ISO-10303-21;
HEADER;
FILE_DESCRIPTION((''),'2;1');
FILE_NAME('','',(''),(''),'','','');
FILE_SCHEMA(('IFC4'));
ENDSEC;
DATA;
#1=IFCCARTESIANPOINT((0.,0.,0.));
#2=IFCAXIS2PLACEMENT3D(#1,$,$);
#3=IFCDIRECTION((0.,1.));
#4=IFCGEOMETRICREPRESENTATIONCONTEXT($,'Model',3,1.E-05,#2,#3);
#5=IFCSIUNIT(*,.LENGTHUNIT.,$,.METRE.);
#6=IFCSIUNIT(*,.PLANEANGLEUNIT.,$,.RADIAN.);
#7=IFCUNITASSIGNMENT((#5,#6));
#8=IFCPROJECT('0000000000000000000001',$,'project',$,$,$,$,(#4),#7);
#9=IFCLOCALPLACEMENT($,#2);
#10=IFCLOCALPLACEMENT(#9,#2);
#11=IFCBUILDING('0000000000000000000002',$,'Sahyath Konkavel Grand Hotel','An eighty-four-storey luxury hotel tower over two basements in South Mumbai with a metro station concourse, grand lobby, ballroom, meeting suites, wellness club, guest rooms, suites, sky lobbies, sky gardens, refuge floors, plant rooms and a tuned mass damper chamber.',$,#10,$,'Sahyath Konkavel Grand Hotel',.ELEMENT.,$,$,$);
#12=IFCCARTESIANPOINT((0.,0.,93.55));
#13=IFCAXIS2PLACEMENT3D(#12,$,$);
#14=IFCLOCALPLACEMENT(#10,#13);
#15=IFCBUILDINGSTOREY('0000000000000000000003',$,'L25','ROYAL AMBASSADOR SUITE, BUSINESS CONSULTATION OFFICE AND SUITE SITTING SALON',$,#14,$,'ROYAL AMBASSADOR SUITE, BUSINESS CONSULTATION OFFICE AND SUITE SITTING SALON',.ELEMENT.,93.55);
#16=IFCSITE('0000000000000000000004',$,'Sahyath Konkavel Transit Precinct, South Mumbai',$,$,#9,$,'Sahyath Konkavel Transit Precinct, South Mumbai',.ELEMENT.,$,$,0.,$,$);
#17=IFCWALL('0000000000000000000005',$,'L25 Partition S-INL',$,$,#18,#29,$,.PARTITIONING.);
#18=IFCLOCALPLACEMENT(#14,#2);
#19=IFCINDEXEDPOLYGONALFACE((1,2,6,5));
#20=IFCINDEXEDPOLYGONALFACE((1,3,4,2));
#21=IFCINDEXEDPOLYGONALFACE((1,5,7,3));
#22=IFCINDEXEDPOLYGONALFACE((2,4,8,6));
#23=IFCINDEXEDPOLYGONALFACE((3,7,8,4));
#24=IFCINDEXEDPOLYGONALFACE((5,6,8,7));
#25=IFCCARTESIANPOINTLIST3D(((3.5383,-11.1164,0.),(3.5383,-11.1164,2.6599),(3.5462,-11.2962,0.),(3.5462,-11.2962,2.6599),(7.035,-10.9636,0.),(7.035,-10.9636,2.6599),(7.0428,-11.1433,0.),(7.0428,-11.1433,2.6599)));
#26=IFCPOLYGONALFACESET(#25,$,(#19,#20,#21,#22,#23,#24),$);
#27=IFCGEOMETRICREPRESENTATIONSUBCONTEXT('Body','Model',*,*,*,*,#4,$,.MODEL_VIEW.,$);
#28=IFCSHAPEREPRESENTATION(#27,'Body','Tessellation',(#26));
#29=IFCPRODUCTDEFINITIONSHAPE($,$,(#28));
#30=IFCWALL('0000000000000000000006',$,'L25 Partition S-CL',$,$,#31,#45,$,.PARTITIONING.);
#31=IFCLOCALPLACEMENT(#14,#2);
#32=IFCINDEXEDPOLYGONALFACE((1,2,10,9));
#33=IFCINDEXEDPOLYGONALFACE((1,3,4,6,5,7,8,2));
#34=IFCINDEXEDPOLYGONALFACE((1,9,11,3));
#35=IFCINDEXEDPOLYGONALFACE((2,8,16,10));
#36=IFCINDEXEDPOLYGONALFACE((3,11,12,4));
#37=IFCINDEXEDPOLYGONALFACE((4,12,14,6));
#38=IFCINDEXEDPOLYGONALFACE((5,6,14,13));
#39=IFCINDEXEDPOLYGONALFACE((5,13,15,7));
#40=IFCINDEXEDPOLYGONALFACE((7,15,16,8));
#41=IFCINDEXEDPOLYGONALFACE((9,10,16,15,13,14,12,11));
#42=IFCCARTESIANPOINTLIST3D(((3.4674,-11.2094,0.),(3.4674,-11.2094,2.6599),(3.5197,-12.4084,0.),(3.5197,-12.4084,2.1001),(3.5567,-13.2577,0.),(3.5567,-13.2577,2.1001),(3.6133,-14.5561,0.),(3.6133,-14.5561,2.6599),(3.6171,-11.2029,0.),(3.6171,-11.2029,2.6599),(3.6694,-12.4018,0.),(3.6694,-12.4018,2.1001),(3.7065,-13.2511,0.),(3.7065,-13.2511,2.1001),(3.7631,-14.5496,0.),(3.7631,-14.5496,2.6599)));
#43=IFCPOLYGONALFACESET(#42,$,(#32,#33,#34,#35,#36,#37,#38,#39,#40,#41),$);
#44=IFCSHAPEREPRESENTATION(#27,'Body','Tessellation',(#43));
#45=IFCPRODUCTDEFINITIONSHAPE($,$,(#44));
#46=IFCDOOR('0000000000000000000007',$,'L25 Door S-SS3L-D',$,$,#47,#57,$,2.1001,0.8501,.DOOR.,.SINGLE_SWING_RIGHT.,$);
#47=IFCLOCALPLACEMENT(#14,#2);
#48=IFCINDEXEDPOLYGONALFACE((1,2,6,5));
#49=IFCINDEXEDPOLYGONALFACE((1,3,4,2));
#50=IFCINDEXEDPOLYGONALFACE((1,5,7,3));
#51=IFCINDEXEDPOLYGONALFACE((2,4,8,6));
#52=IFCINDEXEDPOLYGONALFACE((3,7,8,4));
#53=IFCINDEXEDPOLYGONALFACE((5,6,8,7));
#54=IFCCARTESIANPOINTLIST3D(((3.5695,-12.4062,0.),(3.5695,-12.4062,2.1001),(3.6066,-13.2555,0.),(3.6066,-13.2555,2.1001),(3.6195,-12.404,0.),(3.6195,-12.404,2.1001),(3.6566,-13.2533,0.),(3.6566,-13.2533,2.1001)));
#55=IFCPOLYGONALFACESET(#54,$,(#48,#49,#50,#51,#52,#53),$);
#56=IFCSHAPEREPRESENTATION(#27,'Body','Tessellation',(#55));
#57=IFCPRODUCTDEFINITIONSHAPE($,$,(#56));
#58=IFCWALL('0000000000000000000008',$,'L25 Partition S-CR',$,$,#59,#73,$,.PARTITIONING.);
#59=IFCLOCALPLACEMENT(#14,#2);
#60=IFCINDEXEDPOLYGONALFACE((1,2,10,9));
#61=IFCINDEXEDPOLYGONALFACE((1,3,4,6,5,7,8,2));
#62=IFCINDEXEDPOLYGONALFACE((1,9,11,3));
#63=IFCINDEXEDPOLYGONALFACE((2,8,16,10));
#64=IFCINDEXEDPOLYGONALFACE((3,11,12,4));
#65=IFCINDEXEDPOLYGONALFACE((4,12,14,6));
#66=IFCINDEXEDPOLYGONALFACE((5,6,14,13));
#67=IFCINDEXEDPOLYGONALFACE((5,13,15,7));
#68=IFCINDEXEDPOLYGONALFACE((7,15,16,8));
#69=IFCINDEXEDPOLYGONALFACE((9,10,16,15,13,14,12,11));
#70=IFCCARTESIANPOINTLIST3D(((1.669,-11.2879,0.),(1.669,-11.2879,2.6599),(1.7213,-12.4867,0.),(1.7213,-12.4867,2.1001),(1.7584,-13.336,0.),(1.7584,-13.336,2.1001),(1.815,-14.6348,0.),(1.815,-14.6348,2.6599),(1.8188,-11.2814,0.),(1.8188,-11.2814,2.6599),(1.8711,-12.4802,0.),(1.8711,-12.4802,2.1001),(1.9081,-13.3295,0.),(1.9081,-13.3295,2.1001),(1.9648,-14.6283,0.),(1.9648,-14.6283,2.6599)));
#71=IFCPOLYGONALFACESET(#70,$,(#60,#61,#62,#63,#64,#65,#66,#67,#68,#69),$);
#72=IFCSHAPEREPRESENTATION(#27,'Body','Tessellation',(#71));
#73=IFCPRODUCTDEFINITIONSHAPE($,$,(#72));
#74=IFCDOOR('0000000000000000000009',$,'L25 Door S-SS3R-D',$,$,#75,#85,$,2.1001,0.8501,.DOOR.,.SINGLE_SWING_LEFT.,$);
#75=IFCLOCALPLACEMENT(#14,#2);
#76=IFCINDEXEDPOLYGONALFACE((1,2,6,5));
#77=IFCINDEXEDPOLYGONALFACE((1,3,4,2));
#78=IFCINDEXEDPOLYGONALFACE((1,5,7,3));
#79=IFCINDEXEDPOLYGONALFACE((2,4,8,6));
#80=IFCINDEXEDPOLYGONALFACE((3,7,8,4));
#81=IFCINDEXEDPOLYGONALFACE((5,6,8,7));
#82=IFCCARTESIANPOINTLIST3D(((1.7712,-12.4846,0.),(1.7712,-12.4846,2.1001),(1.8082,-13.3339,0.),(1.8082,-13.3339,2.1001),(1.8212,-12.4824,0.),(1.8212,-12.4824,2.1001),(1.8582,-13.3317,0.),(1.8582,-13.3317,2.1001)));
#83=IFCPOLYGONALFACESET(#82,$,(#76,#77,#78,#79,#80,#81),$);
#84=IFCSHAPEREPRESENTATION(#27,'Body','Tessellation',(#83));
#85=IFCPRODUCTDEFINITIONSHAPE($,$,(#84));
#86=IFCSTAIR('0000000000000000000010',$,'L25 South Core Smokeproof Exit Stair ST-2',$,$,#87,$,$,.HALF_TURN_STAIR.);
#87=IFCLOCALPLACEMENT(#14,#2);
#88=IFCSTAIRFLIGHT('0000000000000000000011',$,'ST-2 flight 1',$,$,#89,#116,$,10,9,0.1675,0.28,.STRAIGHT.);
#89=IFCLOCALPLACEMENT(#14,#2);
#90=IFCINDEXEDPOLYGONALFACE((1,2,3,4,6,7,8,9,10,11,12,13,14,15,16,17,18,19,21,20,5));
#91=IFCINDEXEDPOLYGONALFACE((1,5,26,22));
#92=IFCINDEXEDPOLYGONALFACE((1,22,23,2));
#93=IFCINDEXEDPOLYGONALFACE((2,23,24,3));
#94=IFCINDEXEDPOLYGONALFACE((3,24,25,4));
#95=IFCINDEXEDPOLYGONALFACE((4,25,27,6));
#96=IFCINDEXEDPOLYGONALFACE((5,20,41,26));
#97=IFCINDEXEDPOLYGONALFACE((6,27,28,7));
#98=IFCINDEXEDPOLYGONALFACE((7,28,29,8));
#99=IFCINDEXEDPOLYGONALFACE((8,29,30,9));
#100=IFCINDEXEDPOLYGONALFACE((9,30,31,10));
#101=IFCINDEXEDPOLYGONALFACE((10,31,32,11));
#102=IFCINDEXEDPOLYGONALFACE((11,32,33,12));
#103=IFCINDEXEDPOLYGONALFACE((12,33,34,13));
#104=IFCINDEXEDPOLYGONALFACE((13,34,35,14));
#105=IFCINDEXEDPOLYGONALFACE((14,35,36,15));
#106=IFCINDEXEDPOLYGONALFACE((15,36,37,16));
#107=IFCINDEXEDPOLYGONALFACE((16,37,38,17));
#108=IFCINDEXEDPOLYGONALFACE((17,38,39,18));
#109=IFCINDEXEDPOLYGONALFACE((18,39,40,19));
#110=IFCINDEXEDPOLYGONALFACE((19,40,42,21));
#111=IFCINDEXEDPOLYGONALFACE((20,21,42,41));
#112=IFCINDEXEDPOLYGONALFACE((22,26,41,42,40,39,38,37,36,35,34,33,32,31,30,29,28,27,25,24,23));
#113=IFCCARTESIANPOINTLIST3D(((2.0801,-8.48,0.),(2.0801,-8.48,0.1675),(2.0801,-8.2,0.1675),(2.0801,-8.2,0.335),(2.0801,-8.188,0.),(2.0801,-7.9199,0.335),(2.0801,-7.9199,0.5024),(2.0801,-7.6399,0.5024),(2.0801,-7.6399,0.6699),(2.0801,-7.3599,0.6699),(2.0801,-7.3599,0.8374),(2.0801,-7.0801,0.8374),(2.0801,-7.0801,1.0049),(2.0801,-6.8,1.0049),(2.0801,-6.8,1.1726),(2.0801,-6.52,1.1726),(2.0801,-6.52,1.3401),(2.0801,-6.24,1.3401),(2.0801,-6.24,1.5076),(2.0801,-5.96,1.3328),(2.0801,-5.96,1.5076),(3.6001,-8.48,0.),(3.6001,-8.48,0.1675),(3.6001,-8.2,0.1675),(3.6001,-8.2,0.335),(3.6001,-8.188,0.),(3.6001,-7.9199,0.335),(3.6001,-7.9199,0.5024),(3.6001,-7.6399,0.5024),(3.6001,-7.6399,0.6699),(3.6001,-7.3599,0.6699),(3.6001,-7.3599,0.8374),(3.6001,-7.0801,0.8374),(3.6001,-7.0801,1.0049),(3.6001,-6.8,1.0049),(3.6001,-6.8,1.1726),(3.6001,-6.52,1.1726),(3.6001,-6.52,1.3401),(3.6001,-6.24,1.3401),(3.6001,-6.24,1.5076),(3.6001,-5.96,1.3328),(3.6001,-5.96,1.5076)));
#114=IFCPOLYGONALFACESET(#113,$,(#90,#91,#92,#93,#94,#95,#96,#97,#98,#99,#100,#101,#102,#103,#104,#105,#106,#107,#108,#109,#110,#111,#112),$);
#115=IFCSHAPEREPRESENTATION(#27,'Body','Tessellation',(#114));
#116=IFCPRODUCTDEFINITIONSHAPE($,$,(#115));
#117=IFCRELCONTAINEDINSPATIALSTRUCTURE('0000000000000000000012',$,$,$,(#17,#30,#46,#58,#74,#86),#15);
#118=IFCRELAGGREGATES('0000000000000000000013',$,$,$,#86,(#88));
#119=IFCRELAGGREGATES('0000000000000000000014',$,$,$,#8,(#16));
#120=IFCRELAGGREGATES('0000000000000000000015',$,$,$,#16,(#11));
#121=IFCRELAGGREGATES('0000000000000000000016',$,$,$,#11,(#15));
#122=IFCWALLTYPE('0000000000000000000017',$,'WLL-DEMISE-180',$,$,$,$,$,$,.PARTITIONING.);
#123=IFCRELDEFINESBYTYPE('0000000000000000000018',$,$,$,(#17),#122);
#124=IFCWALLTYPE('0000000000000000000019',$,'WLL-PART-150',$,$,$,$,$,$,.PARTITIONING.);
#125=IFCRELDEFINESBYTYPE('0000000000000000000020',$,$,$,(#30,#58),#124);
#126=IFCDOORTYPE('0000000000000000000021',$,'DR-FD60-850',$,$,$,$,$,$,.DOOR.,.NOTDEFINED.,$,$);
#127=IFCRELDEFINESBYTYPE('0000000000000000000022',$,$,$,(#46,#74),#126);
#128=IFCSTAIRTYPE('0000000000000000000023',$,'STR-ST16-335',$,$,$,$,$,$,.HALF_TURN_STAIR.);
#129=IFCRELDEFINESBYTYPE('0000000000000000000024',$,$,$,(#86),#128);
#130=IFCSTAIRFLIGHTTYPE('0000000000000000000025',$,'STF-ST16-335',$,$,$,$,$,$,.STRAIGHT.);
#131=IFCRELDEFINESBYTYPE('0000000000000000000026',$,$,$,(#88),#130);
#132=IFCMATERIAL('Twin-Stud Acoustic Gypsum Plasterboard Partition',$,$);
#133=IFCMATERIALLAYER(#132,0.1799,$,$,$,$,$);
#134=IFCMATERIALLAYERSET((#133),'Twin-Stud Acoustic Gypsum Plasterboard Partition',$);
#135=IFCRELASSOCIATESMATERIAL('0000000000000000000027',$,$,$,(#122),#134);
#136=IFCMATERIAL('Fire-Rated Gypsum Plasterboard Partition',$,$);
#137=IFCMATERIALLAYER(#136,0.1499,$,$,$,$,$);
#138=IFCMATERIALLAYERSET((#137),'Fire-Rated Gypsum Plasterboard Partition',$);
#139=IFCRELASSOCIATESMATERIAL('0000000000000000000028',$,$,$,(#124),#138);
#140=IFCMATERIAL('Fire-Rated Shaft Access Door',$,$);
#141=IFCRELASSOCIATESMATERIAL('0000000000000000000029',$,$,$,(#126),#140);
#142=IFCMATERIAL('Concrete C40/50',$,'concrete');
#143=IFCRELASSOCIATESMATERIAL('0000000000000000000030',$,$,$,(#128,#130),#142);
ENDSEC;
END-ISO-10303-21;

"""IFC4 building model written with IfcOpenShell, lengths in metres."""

from ifc_helpers import new_model, si_unit, direction, frame, frame_2d, origin, origin_2d, place, context, subcontext, project, spatial, polyline, rectangle, outline, extrude, source, transform, mapped, material, layer, layer_set, type_object, element, fill, aggregate, save


model = new_model("IFC4")

# Units and contexts
model_context = context("Model", 3, precision=1e-05, world=origin(), true_north=direction((0.0, 1.0)))
body_context = subcontext(model_context, "Body", "Model", "MODEL_VIEW")
ifc_project = project(units=[si_unit("LENGTHUNIT", "METRE"), si_unit("PLANEANGLEUNIT", "RADIAN")], contexts=[model_context])

# Site, building, storey
site_placement = place(None, origin())
site = spatial("IfcSite", under=ifc_project, at=site_placement, Name="Sahyath Konkavel Transit Precinct, South Mumbai", LongName="Sahyath Konkavel Transit Precinct, South Mumbai", CompositionType="ELEMENT", RefElevation=0.0)
building_placement = place(site_placement, origin())
building = spatial("IfcBuilding", under=site, at=building_placement, Name="Sahyath Konkavel Grand Hotel", Description="An eighty-four-storey luxury hotel tower over two basements in South Mumbai with a metro station concourse, grand lobby, ballroom, meeting suites, wellness club, guest rooms, suites, sky lobbies, sky gardens, refuge floors, plant rooms and a tuned mass damper chamber.", LongName="Sahyath Konkavel Grand Hotel", CompositionType="ELEMENT")
storey_placement = place(building_placement, frame((0.0, 0.0, 93.55)))
storey = spatial("IfcBuildingStorey", under=building, at=storey_placement, Name="L25", Description="ROYAL AMBASSADOR SUITE, BUSINESS CONSULTATION OFFICE AND SUITE SITTING SALON", LongName="ROYAL AMBASSADOR SUITE, BUSINESS CONSULTATION OFFICE AND SUITE SITTING SALON", CompositionType="ELEMENT", Elevation=93.55)

# Shared definitions
ifc_material_1 = material(Name="Concrete C40/50", Category="concrete")

# Wall
ifc_material_2 = material(Name="Twin-Stud Acoustic Gypsum Plasterboard Partition")
ifc_layer_1 = layer(ifc_material_2, 0.1799)
ifc_layer_set_1 = layer_set([ifc_layer_1], Name="Twin-Stud Acoustic Gypsum Plasterboard Partition")
wall_type_1 = type_object("IfcWallType", Name="WLL-DEMISE-180", PredefinedType="PARTITIONING", material=ifc_layer_set_1)
wall_1_placement = place(storey_placement, frame((3.5422, -11.2063, 0.0), z_axis=(0.0, 0.0, 1.0), x_axis=(0.999046, 0.043667, 0.0)))
element("IfcWall", 1, at=wall_1_placement, inside=storey, type_object=wall_type_1, Name="L25 Partition S-INL", PredefinedType="PARTITIONING", context=body_context, shape_type="SweptSolid", body=[
    extrude(rectangle(XDim=3.5, YDim=0.1799, at=frame_2d((1.75, 0.0))), origin(), (0.0, 0.0, 1.0), 2.6599),
])

# Walls, openings, doors
ifc_material_3 = material(Name="Fire-Rated Gypsum Plasterboard Partition")
ifc_layer_2 = layer(ifc_material_3, 0.1499)
ifc_layer_set_2 = layer_set([ifc_layer_2], Name="Fire-Rated Gypsum Plasterboard Partition")
wall_type_2 = type_object("IfcWallType", Name="WLL-PART-150", PredefinedType="PARTITIONING", material=ifc_layer_set_2)
wall_2_placement = place(storey_placement, frame((3.5422, -11.2063, 0.0), z_axis=(0.0, 0.0, 1.0), x_axis=(0.043583, -0.99905, 0.0)))
wall_2 = element("IfcWall", 2, at=wall_2_placement, inside=storey, type_object=wall_type_2, Name="L25 Partition S-CL", PredefinedType="PARTITIONING", context=body_context, shape_type="SweptSolid", body=[
    extrude(rectangle(XDim=3.3499, YDim=0.1499, at=frame_2d((1.6748, 0.0))), origin(), (0.0, 0.0, 1.0), 2.6599),
])
opening_1_placement = place(wall_2_placement, frame((1.2, 0.0, 0.0)))
opening_1 = element("IfcOpeningElement", 3, at=opening_1_placement, cuts=wall_2, PredefinedType="OPENING", context=body_context, shape_type="SweptSolid", body=[
    extrude(rectangle(XDim=0.8501, YDim=2.1001, at=frame_2d((0.425, 1.05))), frame((0.0, 0.085, 0.0), z_axis=(0.0, -1.0, 0.0), x_axis=(1.0, 0.0, 0.0)), (0.0, 0.0, 1.0), 0.1699),
])
ifc_material_4 = material(Name="Fire-Rated Shaft Access Door")
door_type_1 = type_object("IfcDoorType", Name="DR-FD60-850", OperationType="NOTDEFINED", PredefinedType="DOOR", material=ifc_material_4)
shared_shape_1 = source(origin(), body_context, "Body", "SweptSolid", [
    extrude(rectangle(XDim=0.8501, YDim=0.05, at=origin_2d()), origin(), (0.0, 0.0, 1.0), 2.1001),
])
door_1_placement = place(opening_1_placement, frame((0.425, 0.0, 0.0)))
door_1 = element("IfcDoor", 4, at=door_1_placement, inside=storey, type_object=door_type_1, Name="L25 Door S-SS3L-D", OperationType="SINGLE_SWING_RIGHT", OverallHeight=2.1001, OverallWidth=0.8501, PredefinedType="DOOR", context=body_context, shape_type="MappedRepresentation", body=[
    mapped(shared_shape_1, transform((0.0, 0.0, 0.0), scale=1.0)),
])
fill(opening_1, door_1)
wall_3_placement = place(storey_placement, frame((1.7439, -11.2847, 0.0), z_axis=(0.0, 0.0, 1.0), x_axis=(0.04358, -0.99905, 0.0)))
wall_3 = element("IfcWall", 5, at=wall_3_placement, inside=storey, type_object=wall_type_2, Name="L25 Partition S-CR", PredefinedType="PARTITIONING", context=body_context, shape_type="SweptSolid", body=[
    extrude(rectangle(XDim=3.3501, YDim=0.1499, at=frame_2d((1.675, 0.0))), origin(), (0.0, 0.0, 1.0), 2.6599),
])
opening_2_placement = place(wall_3_placement, frame((1.2, 0.0, 0.0)))
opening_2 = element("IfcOpeningElement", 6, at=opening_2_placement, cuts=wall_3, PredefinedType="OPENING", context=body_context, shape_type="SweptSolid", body=[
    extrude(rectangle(XDim=0.8501, YDim=2.1001, at=frame_2d((0.425, 1.05))), frame((0.0, 0.085, 0.0), z_axis=(0.0, -1.0, 0.0), x_axis=(1.0, 0.0, 0.0)), (0.0, 0.0, 1.0), 0.1699),
])
door_2_placement = place(opening_2_placement, frame((0.425, 0.0, 0.0)))
door_2 = element("IfcDoor", 7, at=door_2_placement, inside=storey, type_object=door_type_1, Name="L25 Door S-SS3R-D", OperationType="SINGLE_SWING_LEFT", OverallHeight=2.1001, OverallWidth=0.8501, PredefinedType="DOOR", context=body_context, shape_type="MappedRepresentation", body=[
    mapped(shared_shape_1, transform((0.0, 0.0, 0.0), scale=1.0)),
])
fill(opening_2, door_2)

# Stair, stair flight
stair_type = type_object("IfcStairType", Name="STR-ST16-335", PredefinedType="HALF_TURN_STAIR", material=ifc_material_1)
stair_placement = place(storey_placement, origin())
stair = element("IfcStair", 8, at=stair_placement, inside=storey, type_object=stair_type, Name="L25 South Core Smokeproof Exit Stair ST-2", PredefinedType="HALF_TURN_STAIR")
stair_flight_type = type_object("IfcStairFlightType", Name="STF-ST16-335", PredefinedType="STRAIGHT", material=ifc_material_1)
stair_flight_placement = place(storey_placement, frame((2.8401, -8.48, 0.0), z_axis=(0.0, 0.0, 1.0), x_axis=(0.0, 1.0, 0.0)))
stair_flight = element("IfcStairFlight", 9, at=stair_flight_placement, type_object=stair_flight_type, Name="ST-2 flight 1", NumberOfRisers=10, NumberOfTreads=9, PredefinedType="STRAIGHT", RiserHeight=0.1675, TreadLength=0.28, context=body_context, shape_type="SweptSolid", body=[
    extrude(outline(polyline([(0.0, 0.0), (0.0, 0.1675), (0.28, 0.1675), (0.28, 0.335), (0.5601, 0.335), (0.5601, 0.5024), (0.8401, 0.5024), (0.8401, 0.6699), (1.1201, 0.6699), (1.1201, 0.8374), (1.3999, 0.8374), (1.3999, 1.0049), (1.6799, 1.0049), (1.6799, 1.1726), (1.96, 1.1726), (1.96, 1.3401), (2.24, 1.3401), (2.24, 1.5076), (2.52, 1.5076), (2.52, 1.675), (2.52, 1.3328), (0.292, 0.0), (0.0, 0.0)])), frame((0.0, 0.76, 0.0), z_axis=(0.0, -1.0, 0.0), x_axis=(1.0, 0.0, 0.0)), (0.0, 0.0, 1.0), 1.52),
])
aggregate(stair, [stair_flight])

save(model, "model.ifc")
